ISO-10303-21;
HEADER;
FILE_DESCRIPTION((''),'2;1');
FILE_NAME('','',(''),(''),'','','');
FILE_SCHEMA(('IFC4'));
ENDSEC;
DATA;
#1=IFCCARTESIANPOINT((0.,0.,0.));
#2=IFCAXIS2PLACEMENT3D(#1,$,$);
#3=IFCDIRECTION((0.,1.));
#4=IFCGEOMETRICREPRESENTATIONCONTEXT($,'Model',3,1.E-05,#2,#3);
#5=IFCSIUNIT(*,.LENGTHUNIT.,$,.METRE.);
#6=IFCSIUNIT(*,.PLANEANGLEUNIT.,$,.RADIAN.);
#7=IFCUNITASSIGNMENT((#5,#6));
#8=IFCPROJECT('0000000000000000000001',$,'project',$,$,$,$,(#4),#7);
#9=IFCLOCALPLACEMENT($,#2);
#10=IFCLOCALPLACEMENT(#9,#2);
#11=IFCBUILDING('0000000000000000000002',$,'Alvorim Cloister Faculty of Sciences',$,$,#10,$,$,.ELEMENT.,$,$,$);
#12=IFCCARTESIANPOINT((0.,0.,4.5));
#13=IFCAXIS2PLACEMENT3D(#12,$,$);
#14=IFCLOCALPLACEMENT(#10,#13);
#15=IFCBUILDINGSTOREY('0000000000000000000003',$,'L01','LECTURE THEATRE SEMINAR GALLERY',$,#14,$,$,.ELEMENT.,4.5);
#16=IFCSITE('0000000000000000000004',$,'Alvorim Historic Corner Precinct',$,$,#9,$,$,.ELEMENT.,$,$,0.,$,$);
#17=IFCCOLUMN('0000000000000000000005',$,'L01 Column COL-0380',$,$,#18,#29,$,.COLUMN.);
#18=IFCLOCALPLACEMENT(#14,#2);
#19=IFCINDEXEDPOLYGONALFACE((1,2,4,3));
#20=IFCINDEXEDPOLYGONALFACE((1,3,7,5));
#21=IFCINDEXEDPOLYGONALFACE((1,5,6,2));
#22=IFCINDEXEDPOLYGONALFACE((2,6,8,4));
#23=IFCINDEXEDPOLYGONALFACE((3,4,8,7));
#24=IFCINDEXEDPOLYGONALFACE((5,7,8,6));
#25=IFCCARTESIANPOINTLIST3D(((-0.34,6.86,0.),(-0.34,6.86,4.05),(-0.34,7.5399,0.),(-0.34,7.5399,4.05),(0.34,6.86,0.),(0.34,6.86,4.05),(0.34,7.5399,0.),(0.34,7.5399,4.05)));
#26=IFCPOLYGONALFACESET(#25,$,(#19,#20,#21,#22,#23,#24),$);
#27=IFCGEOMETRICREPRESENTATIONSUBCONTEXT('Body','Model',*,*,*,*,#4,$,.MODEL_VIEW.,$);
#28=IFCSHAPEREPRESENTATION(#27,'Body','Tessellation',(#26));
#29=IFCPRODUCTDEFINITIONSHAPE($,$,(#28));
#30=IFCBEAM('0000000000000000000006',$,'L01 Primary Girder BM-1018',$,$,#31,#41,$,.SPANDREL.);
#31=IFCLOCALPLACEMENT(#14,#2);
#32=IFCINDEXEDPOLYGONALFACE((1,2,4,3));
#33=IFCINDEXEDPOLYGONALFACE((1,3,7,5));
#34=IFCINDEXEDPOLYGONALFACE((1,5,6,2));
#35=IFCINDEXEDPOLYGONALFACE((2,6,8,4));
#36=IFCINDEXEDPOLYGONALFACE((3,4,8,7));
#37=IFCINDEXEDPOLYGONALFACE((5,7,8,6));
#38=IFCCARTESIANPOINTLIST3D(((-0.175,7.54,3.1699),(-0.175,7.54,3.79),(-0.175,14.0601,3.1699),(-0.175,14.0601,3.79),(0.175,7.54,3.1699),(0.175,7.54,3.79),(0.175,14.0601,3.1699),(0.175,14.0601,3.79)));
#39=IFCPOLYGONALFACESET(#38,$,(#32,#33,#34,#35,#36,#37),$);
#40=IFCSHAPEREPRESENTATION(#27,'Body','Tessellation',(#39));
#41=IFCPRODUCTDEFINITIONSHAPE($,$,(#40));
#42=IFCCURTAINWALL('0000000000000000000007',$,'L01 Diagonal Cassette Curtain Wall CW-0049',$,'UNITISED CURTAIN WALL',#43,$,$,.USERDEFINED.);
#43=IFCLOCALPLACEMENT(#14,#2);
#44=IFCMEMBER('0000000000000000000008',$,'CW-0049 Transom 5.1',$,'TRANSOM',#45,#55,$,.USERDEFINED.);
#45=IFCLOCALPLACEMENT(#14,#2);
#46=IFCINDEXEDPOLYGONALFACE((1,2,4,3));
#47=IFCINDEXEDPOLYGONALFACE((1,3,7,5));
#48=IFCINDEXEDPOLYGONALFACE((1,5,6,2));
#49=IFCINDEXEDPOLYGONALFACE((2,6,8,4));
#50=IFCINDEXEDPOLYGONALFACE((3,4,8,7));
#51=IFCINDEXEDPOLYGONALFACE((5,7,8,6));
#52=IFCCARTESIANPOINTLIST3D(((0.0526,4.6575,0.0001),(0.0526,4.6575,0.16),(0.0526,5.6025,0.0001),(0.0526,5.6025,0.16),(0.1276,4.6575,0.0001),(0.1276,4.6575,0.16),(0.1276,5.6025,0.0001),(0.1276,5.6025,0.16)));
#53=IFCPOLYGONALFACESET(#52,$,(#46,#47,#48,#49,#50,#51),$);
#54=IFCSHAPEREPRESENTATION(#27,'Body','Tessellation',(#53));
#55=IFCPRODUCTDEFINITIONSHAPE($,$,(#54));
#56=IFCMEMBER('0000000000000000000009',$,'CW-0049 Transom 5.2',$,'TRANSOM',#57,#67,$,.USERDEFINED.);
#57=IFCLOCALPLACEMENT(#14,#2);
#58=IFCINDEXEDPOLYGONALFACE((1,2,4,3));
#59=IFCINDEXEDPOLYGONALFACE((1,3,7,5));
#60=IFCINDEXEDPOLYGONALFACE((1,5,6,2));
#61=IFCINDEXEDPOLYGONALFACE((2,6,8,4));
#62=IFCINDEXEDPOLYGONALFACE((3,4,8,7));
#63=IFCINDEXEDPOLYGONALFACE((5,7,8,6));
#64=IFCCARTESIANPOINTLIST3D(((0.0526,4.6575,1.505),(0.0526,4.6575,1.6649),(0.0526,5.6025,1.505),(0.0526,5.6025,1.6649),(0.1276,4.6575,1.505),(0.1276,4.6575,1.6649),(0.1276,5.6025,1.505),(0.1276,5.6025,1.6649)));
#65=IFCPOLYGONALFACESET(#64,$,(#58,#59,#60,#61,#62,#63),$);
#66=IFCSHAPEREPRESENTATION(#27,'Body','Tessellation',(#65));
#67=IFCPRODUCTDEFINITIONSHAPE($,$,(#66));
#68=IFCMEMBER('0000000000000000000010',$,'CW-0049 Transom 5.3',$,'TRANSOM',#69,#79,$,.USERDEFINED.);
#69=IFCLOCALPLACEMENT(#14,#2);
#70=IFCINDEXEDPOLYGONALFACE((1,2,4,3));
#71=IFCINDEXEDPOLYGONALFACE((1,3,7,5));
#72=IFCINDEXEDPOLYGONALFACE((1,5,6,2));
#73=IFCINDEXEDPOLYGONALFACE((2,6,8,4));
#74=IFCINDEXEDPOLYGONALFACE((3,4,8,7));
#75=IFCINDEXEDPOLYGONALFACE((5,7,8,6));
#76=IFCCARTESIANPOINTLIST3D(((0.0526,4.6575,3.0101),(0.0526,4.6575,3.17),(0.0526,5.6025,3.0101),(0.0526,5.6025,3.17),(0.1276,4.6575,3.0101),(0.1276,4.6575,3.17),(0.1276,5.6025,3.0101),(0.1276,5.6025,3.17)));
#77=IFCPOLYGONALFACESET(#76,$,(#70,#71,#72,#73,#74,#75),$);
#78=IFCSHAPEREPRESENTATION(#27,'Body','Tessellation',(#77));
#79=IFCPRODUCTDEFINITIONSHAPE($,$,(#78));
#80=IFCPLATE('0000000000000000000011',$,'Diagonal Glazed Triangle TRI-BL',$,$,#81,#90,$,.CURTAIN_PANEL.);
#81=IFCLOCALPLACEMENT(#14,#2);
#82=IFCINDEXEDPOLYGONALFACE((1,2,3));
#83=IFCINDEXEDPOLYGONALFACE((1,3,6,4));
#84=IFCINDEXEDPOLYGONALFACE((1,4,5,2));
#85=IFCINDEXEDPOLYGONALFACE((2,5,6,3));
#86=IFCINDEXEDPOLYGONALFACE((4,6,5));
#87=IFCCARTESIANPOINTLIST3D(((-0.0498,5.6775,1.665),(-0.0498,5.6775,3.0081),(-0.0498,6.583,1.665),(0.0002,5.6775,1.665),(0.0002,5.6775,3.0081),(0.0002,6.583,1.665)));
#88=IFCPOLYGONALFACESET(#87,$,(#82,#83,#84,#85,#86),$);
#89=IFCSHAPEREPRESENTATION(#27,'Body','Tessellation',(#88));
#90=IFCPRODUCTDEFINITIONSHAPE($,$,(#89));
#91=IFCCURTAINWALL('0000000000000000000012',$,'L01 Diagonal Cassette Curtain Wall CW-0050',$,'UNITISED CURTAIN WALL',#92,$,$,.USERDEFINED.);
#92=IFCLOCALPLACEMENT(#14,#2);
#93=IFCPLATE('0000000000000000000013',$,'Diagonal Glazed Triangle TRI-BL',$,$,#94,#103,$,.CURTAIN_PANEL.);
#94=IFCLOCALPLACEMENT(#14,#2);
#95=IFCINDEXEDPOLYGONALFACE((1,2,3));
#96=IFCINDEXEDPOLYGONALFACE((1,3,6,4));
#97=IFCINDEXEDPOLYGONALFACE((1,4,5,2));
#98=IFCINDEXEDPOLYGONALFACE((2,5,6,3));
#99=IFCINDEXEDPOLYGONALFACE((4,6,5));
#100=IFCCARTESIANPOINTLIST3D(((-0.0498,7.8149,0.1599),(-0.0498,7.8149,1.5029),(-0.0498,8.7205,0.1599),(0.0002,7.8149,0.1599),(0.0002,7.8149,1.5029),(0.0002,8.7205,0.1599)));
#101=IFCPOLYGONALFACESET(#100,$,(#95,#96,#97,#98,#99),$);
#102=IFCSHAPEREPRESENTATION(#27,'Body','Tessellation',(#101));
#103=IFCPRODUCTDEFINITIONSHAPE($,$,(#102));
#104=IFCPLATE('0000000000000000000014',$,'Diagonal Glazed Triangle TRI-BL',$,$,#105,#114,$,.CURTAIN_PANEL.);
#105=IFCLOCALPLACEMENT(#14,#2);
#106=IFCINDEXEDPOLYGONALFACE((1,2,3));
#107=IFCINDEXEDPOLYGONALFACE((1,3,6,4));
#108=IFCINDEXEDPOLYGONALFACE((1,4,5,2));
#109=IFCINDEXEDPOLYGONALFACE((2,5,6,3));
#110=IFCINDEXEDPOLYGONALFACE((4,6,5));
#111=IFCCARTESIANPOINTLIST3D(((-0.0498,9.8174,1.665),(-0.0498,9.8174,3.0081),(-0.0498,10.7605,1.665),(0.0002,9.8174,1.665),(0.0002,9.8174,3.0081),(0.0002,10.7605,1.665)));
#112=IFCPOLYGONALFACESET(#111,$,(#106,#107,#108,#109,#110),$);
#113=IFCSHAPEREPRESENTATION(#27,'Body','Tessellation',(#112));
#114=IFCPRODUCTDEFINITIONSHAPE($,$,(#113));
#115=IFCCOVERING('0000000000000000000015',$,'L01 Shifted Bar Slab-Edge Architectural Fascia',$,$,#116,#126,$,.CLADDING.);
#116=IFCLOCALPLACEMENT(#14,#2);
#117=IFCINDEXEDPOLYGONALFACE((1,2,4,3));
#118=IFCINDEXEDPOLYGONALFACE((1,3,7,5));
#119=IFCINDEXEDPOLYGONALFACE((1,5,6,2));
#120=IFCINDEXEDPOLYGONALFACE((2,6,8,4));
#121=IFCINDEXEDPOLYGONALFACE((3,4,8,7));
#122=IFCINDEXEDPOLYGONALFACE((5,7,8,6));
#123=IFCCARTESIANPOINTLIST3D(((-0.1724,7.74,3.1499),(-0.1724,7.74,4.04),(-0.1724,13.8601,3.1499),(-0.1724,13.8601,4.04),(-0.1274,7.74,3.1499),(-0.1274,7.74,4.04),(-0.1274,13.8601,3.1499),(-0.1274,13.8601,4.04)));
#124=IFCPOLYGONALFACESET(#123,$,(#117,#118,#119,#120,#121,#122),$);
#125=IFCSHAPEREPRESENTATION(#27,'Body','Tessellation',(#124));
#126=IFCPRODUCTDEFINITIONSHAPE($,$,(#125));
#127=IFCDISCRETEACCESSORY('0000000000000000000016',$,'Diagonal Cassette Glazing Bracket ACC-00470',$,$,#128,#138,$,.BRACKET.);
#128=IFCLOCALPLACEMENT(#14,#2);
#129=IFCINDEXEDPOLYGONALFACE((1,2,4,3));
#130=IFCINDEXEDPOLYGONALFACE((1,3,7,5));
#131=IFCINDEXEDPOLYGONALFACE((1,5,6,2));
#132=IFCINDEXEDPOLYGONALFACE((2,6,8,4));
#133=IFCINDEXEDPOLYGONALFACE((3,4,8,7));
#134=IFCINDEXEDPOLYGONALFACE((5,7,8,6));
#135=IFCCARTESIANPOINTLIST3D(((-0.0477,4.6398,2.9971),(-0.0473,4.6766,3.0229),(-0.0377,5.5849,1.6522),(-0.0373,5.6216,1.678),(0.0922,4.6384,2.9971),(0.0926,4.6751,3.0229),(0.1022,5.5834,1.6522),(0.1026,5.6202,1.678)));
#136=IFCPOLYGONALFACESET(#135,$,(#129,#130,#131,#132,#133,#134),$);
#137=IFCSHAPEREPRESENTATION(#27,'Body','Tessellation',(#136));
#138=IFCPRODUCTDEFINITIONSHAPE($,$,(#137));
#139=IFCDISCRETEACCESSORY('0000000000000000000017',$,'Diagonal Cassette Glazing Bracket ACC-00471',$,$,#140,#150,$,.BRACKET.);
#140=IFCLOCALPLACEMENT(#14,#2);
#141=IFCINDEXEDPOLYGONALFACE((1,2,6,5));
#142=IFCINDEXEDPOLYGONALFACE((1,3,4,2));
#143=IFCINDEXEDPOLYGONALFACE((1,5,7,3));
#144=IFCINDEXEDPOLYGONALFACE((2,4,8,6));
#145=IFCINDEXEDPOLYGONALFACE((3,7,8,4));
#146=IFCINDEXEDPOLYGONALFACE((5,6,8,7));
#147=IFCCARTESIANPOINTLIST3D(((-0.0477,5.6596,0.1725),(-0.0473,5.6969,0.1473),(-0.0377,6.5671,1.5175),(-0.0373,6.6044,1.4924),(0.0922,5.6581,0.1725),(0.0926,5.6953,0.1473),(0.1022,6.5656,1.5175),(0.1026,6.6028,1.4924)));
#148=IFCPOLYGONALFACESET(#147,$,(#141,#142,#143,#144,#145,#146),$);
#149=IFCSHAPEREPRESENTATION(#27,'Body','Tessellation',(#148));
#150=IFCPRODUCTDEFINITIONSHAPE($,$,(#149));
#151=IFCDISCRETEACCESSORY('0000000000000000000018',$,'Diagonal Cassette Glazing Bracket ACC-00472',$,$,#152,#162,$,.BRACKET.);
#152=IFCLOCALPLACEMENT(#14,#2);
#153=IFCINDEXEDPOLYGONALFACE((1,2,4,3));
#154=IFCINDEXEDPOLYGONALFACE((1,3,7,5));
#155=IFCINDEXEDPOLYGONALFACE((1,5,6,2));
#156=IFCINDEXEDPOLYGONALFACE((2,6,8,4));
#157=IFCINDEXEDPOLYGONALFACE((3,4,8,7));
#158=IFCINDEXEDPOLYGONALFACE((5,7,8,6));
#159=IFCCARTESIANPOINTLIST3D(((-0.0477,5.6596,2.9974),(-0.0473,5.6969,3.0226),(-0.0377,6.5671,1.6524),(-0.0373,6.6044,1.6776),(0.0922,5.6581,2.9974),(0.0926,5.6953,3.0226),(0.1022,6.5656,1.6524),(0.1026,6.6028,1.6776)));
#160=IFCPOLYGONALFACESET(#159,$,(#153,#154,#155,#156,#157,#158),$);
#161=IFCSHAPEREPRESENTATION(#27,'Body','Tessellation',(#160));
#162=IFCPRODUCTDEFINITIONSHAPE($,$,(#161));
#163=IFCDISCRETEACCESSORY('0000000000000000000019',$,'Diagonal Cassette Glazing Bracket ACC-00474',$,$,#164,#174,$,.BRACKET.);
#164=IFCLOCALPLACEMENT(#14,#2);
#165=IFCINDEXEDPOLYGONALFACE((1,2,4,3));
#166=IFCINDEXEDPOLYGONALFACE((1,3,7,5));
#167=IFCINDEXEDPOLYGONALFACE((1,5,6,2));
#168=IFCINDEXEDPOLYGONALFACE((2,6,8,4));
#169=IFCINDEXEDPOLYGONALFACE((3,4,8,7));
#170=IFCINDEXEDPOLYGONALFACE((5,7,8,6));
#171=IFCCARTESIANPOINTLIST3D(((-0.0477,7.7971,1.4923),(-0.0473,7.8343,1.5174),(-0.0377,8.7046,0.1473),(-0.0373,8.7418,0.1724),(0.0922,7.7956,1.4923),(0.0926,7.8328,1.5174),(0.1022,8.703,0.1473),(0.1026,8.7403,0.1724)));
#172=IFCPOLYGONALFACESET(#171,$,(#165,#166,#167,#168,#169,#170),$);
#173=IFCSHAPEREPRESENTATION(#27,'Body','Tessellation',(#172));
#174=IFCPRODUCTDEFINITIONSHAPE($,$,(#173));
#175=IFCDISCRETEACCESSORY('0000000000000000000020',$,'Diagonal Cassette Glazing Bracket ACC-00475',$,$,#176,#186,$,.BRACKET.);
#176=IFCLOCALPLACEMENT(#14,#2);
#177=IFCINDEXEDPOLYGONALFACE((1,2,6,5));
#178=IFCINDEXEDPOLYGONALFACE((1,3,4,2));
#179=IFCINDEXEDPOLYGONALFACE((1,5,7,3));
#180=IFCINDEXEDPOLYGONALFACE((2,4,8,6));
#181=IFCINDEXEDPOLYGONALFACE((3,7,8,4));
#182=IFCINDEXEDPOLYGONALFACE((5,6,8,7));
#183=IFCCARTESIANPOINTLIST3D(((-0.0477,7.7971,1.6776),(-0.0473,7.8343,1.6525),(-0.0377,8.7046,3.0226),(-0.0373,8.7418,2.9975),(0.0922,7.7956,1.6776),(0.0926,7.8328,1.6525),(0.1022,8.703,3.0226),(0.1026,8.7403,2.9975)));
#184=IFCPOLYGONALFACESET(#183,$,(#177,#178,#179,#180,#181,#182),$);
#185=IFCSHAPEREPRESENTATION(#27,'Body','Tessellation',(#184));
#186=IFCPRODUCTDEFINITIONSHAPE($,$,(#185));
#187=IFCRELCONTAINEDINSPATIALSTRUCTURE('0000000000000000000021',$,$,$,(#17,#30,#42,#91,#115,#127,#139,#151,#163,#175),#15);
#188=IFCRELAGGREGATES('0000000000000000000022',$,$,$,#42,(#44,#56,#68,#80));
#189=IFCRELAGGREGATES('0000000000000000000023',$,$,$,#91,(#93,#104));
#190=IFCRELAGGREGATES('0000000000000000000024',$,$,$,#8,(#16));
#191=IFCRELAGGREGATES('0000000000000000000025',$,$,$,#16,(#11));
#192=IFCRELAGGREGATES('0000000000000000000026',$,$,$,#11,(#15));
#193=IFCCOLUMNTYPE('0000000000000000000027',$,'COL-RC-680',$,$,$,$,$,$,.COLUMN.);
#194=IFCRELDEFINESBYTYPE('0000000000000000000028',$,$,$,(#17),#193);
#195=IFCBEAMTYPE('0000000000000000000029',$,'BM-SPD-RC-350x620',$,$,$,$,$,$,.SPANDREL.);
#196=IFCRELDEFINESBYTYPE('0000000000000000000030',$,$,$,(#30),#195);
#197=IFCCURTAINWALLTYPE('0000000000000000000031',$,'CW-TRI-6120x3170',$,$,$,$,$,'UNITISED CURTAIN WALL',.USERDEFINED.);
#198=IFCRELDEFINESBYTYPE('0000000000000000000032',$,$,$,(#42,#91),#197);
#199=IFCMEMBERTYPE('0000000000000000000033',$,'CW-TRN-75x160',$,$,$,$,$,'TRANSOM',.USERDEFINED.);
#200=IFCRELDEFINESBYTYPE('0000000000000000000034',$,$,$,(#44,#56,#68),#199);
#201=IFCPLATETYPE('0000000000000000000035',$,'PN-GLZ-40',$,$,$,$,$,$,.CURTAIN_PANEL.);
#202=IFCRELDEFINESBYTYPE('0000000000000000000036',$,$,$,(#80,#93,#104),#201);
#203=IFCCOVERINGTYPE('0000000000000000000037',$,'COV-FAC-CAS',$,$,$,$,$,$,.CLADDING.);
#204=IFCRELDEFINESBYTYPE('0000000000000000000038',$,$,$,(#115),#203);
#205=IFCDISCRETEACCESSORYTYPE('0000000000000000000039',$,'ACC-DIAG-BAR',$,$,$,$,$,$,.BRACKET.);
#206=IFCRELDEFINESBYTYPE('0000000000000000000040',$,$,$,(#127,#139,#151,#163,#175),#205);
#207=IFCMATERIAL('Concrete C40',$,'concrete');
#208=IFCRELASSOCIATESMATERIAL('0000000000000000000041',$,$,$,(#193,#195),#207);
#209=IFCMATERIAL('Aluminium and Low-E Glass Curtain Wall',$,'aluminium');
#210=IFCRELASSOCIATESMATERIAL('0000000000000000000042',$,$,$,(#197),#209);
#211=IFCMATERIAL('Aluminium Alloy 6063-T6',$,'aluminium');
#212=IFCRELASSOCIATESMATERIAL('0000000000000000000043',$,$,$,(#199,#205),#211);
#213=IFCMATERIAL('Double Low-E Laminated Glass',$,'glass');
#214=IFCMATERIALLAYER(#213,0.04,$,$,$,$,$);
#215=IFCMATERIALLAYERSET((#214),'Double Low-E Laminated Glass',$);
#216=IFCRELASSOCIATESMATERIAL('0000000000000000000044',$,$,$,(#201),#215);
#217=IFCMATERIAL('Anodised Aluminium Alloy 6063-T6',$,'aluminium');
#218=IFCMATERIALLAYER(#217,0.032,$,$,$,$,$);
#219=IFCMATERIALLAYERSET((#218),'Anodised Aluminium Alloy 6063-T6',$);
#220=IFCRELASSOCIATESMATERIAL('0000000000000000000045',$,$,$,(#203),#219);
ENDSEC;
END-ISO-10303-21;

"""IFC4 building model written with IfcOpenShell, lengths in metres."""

from ifc_helpers import new_model, si_unit, direction, frame, origin, origin_2d, place, context, subcontext, project, spatial, polyline, rectangle, outline, extrude, material, layer, layer_set, material_profile, profile_set, type_object, element, aggregate, save


model = new_model("IFC4")

# Units and contexts
model_context = context("Model", 3, precision=1e-05, world=origin(), true_north=direction((0.0, 1.0)))
body_context = subcontext(model_context, "Body", "Model", "MODEL_VIEW")
ifc_project = project(units=[si_unit("LENGTHUNIT", "METRE"), si_unit("PLANEANGLEUNIT", "RADIAN")], contexts=[model_context])

# Site, building, storey
site_placement = place(None, origin())
site = spatial("IfcSite", under=ifc_project, at=site_placement, Name="Alvorim Historic Corner Precinct", CompositionType="ELEMENT", RefElevation=0.0)
building_placement = place(site_placement, origin())
building = spatial("IfcBuilding", under=site, at=building_placement, Name="Alvorim Cloister Faculty of Sciences", CompositionType="ELEMENT")
storey_placement = place(building_placement, frame((0.0, 0.0, 4.5)))
storey = spatial("IfcBuildingStorey", under=building, at=storey_placement, Name="L01", Description="LECTURE THEATRE SEMINAR GALLERY", CompositionType="ELEMENT", Elevation=4.5)

# Column
ifc_material_1 = material(Name="Concrete C40", Category="concrete")
ifc_material_profile_1 = material_profile(ifc_material_1, rectangle(XDim=0.6799, YDim=0.6799, at=origin_2d()), Name="RC40-COL-680x680")
ifc_profile_set_1 = profile_set([ifc_material_profile_1], Name="Concrete C40")
column_type = type_object("IfcColumnType", Name="COL-RC-680", PredefinedType="COLUMN", material=ifc_profile_set_1)
column_placement = place(storey_placement, frame((0.0, 7.2, 0.0), z_axis=(0.0, 0.0, 1.0), x_axis=(1.0, 0.0, 0.0)))
element("IfcColumn", 1, at=column_placement, inside=storey, type_object=column_type, Name="L01 Column COL-0380", PredefinedType="COLUMN", context=body_context, shape_type="SweptSolid", body=[
    extrude(rectangle(XDim=0.6799, YDim=0.6799, at=origin_2d()), origin(), (0.0, 0.0, 1.0), 4.05),
])

# Beam
ifc_material_profile_2 = material_profile(ifc_material_1, rectangle(XDim=0.3501, YDim=0.6201, at=origin_2d()), Name="RC40-SPD-350x620")
ifc_profile_set_2 = profile_set([ifc_material_profile_2], Name="Concrete C40")
beam_type = type_object("IfcBeamType", Name="BM-SPD-RC-350x620", PredefinedType="SPANDREL", material=ifc_profile_set_2)
beam_placement = place(storey_placement, frame((0.0, 7.54, 3.48), z_axis=(0.0, 1.0, 0.0), x_axis=(-1.0, 0.0, 0.0)))
element("IfcBeam", 2, at=beam_placement, inside=storey, type_object=beam_type, Name="L01 Primary Girder BM-1018", PredefinedType="SPANDREL", context=body_context, shape_type="SweptSolid", body=[
    extrude(rectangle(XDim=0.3501, YDim=0.6201, at=origin_2d()), origin(), (0.0, 0.0, 1.0), 6.52),
])

# Curtain wall, members, plate
ifc_material_2 = material(Name="Aluminium and Low-E Glass Curtain Wall", Category="aluminium")
curtain_wall_type = type_object("IfcCurtainWallType", Name="CW-TRI-6120x3170", ElementType="UNITISED CURTAIN WALL", PredefinedType="USERDEFINED", material=ifc_material_2)
curtain_wall_1_placement = place(storey_placement, origin())
curtain_wall_1 = element("IfcCurtainWall", 3, at=curtain_wall_1_placement, inside=storey, type_object=curtain_wall_type, Name="L01 Diagonal Cassette Curtain Wall CW-0049", ObjectType="UNITISED CURTAIN WALL", PredefinedType="USERDEFINED")
ifc_material_3 = material(Name="Aluminium Alloy 6063-T6", Category="aluminium")
ifc_material_profile_3 = material_profile(ifc_material_3, rectangle(XDim=0.075, YDim=0.1599, at=origin_2d()), Name="ALU-TRN-75x160")
ifc_profile_set_3 = profile_set([ifc_material_profile_3], Name="Aluminium Alloy 6063-T6")
member_type = type_object("IfcMemberType", Name="CW-TRN-75x160", ElementType="TRANSOM", PredefinedType="USERDEFINED", material=ifc_profile_set_3)
member_1_placement = place(storey_placement, frame((0.0901, 4.6575, 0.0801), z_axis=(0.0, 1.0, 0.0), x_axis=(-1.0, 0.0, 0.0)))
member_1 = element("IfcMember", 4, at=member_1_placement, type_object=member_type, Name="CW-0049 Transom 5.1", ObjectType="TRANSOM", PredefinedType="USERDEFINED", context=body_context, shape_type="SweptSolid", body=[
    extrude(rectangle(XDim=0.075, YDim=0.1599, at=origin_2d()), origin(), (0.0, 0.0, 1.0), 0.9451),
])
member_2_placement = place(storey_placement, frame((0.0901, 4.6575, 1.585), z_axis=(0.0, 1.0, 0.0), x_axis=(-1.0, 0.0, 0.0)))
member_2 = element("IfcMember", 5, at=member_2_placement, type_object=member_type, Name="CW-0049 Transom 5.2", ObjectType="TRANSOM", PredefinedType="USERDEFINED", context=body_context, shape_type="SweptSolid", body=[
    extrude(rectangle(XDim=0.075, YDim=0.1599, at=origin_2d()), origin(), (0.0, 0.0, 1.0), 0.9451),
])
member_3_placement = place(storey_placement, frame((0.0901, 4.6575, 3.0901), z_axis=(0.0, 1.0, 0.0), x_axis=(-1.0, 0.0, 0.0)))
member_3 = element("IfcMember", 6, at=member_3_placement, type_object=member_type, Name="CW-0049 Transom 5.3", ObjectType="TRANSOM", PredefinedType="USERDEFINED", context=body_context, shape_type="SweptSolid", body=[
    extrude(rectangle(XDim=0.075, YDim=0.1599, at=origin_2d()), origin(), (0.0, 0.0, 1.0), 0.9451),
])
ifc_material_4 = material(Name="Double Low-E Laminated Glass", Category="glass")
ifc_layer_1 = layer(ifc_material_4, 0.04)
ifc_layer_set_1 = layer_set([ifc_layer_1], Name="Double Low-E Laminated Glass")
plate_type = type_object("IfcPlateType", Name="PN-GLZ-40", PredefinedType="CURTAIN_PANEL", material=ifc_layer_set_1)
plate_1_placement = place(storey_placement, frame((-0.0249, 5.6775, 1.665), z_axis=(0.0, 0.0, 1.0), x_axis=(0.0, 1.0, 0.0)))
plate_1 = element("IfcPlate", 7, at=plate_1_placement, type_object=plate_type, Name="Diagonal Glazed Triangle TRI-BL", PredefinedType="CURTAIN_PANEL", context=body_context, shape_type="SweptSolid", body=[
    extrude(outline(polyline([(0.0, 0.0), (0.9055, 0.0), (0.0, 1.343), (0.0, 0.0)])), frame((0.0, 0.0249, 0.0), z_axis=(0.0, -1.0, 0.0), x_axis=(1.0, 0.0, 0.0)), (0.0, 0.0, 1.0), 0.05),
])
aggregate(curtain_wall_1, [member_1, member_2, member_3, plate_1])

# Curtain wall, plates
curtain_wall_2_placement = place(storey_placement, origin())
curtain_wall_2 = element("IfcCurtainWall", 8, at=curtain_wall_2_placement, inside=storey, type_object=curtain_wall_type, Name="L01 Diagonal Cassette Curtain Wall CW-0050", ObjectType="UNITISED CURTAIN WALL", PredefinedType="USERDEFINED")
plate_2_placement = place(storey_placement, frame((-0.0249, 7.8149, 0.1599), z_axis=(0.0, 0.0, 1.0), x_axis=(0.0, 1.0, 0.0)))
plate_2 = element("IfcPlate", 9, at=plate_2_placement, type_object=plate_type, Name="Diagonal Glazed Triangle TRI-BL", PredefinedType="CURTAIN_PANEL", context=body_context, shape_type="SweptSolid", body=[
    extrude(outline(polyline([(0.0, 0.0), (0.9055, 0.0), (0.0, 1.343), (0.0, 0.0)])), frame((0.0, 0.0249, 0.0), z_axis=(0.0, -1.0, 0.0), x_axis=(1.0, 0.0, 0.0)), (0.0, 0.0, 1.0), 0.05),
])
plate_3_placement = place(storey_placement, frame((-0.0249, 9.8174, 1.665), z_axis=(0.0, 0.0, 1.0), x_axis=(0.0, 1.0, 0.0)))
plate_3 = element("IfcPlate", 10, at=plate_3_placement, type_object=plate_type, Name="Diagonal Glazed Triangle TRI-BL", PredefinedType="CURTAIN_PANEL", context=body_context, shape_type="SweptSolid", body=[
    extrude(outline(polyline([(0.0, 0.0), (0.9431, 0.0), (0.0, 1.343), (0.0, 0.0)])), frame((0.0, 0.0249, 0.0), z_axis=(0.0, -1.0, 0.0), x_axis=(1.0, 0.0, 0.0)), (0.0, 0.0, 1.0), 0.05),
])
aggregate(curtain_wall_2, [plate_2, plate_3])

# Covering
ifc_material_5 = material(Name="Anodised Aluminium Alloy 6063-T6", Category="aluminium")
ifc_layer_2 = layer(ifc_material_5, 0.032)
ifc_layer_set_2 = layer_set([ifc_layer_2], Name="Anodised Aluminium Alloy 6063-T6")
covering_type = type_object("IfcCoveringType", Name="COV-FAC-CAS", PredefinedType="CLADDING", material=ifc_layer_set_2)
covering_placement = place(storey_placement, frame((-0.1499, 7.74, 3.1499), z_axis=(0.0, 0.0, 1.0), x_axis=(0.0, 1.0, 0.0)))
element("IfcCovering", 11, at=covering_placement, inside=storey, type_object=covering_type, Name="L01 Shifted Bar Slab-Edge Architectural Fascia", PredefinedType="CLADDING", context=body_context, shape_type="SweptSolid", body=[
    extrude(outline(polyline([(0.0, 0.0), (6.1201, 0.0), (6.1201, 0.8901), (0.0, 0.8901), (0.0, 0.0)])), frame((0.0, 0.0225, 0.0), z_axis=(0.0, -1.0, 0.0), x_axis=(1.0, 0.0, 0.0)), (0.0, 0.0, 1.0), 0.0449),
])

# Discrete accessories
discrete_accessory_type = type_object("IfcDiscreteAccessoryType", Name="ACC-DIAG-BAR", PredefinedType="BRACKET", material=ifc_material_3)
discrete_accessory_placement = place(storey_placement, frame((0.0225, 4.6575, 3.01), z_axis=(0.006089, 0.574916, -0.81819), x_axis=(-0.999944, 0.010591, 0.0)))
element("IfcDiscreteAccessory", 12, at=discrete_accessory_placement, inside=storey, type_object=discrete_accessory_type, Name="Diagonal Cassette Glazing Bracket ACC-00470", PredefinedType="BRACKET", context=body_context, shape_type="SweptSolid", body=[
    extrude(rectangle(XDim=0.1399, YDim=0.0449, at=origin_2d()), origin(), (0.0, 0.0, 1.0), 1.6438),
])
for number, where, z_axis, x_axis, name in (
    (13, (0.0225, 5.6775, 0.1599), (0.006169, 0.559299, 0.828943), (-0.999939, 0.01103, 0.0), "Diagonal Cassette Glazing Bracket ACC-00471"),
    (14, (0.0225, 5.6775, 3.01), (0.006169, 0.559299, -0.828943), (-0.999939, 0.01103, 0.0), "Diagonal Cassette Glazing Bracket ACC-00472"),
    (15, (0.0225, 7.8149, 1.5049), (0.006169, 0.559299, -0.828943), (-0.999939, 0.01103, 0.0), "Diagonal Cassette Glazing Bracket ACC-00474"),
    (16, (0.0225, 7.8149, 1.665), (0.006169, 0.559299, 0.828943), (-0.999939, 0.01103, 0.0), "Diagonal Cassette Glazing Bracket ACC-00475"),
):
    element("IfcDiscreteAccessory", number, at=place(storey_placement, frame(where, z_axis=z_axis, x_axis=x_axis)), inside=storey, type_object=discrete_accessory_type, Name=name, PredefinedType="BRACKET", context=body_context, shape_type="SweptSolid", body=[
        extrude(rectangle(XDim=0.1399, YDim=0.0449, at=origin_2d()), origin(), (0.0, 0.0, 1.0), 1.6226),
    ])

save(model, "model.ifc")
